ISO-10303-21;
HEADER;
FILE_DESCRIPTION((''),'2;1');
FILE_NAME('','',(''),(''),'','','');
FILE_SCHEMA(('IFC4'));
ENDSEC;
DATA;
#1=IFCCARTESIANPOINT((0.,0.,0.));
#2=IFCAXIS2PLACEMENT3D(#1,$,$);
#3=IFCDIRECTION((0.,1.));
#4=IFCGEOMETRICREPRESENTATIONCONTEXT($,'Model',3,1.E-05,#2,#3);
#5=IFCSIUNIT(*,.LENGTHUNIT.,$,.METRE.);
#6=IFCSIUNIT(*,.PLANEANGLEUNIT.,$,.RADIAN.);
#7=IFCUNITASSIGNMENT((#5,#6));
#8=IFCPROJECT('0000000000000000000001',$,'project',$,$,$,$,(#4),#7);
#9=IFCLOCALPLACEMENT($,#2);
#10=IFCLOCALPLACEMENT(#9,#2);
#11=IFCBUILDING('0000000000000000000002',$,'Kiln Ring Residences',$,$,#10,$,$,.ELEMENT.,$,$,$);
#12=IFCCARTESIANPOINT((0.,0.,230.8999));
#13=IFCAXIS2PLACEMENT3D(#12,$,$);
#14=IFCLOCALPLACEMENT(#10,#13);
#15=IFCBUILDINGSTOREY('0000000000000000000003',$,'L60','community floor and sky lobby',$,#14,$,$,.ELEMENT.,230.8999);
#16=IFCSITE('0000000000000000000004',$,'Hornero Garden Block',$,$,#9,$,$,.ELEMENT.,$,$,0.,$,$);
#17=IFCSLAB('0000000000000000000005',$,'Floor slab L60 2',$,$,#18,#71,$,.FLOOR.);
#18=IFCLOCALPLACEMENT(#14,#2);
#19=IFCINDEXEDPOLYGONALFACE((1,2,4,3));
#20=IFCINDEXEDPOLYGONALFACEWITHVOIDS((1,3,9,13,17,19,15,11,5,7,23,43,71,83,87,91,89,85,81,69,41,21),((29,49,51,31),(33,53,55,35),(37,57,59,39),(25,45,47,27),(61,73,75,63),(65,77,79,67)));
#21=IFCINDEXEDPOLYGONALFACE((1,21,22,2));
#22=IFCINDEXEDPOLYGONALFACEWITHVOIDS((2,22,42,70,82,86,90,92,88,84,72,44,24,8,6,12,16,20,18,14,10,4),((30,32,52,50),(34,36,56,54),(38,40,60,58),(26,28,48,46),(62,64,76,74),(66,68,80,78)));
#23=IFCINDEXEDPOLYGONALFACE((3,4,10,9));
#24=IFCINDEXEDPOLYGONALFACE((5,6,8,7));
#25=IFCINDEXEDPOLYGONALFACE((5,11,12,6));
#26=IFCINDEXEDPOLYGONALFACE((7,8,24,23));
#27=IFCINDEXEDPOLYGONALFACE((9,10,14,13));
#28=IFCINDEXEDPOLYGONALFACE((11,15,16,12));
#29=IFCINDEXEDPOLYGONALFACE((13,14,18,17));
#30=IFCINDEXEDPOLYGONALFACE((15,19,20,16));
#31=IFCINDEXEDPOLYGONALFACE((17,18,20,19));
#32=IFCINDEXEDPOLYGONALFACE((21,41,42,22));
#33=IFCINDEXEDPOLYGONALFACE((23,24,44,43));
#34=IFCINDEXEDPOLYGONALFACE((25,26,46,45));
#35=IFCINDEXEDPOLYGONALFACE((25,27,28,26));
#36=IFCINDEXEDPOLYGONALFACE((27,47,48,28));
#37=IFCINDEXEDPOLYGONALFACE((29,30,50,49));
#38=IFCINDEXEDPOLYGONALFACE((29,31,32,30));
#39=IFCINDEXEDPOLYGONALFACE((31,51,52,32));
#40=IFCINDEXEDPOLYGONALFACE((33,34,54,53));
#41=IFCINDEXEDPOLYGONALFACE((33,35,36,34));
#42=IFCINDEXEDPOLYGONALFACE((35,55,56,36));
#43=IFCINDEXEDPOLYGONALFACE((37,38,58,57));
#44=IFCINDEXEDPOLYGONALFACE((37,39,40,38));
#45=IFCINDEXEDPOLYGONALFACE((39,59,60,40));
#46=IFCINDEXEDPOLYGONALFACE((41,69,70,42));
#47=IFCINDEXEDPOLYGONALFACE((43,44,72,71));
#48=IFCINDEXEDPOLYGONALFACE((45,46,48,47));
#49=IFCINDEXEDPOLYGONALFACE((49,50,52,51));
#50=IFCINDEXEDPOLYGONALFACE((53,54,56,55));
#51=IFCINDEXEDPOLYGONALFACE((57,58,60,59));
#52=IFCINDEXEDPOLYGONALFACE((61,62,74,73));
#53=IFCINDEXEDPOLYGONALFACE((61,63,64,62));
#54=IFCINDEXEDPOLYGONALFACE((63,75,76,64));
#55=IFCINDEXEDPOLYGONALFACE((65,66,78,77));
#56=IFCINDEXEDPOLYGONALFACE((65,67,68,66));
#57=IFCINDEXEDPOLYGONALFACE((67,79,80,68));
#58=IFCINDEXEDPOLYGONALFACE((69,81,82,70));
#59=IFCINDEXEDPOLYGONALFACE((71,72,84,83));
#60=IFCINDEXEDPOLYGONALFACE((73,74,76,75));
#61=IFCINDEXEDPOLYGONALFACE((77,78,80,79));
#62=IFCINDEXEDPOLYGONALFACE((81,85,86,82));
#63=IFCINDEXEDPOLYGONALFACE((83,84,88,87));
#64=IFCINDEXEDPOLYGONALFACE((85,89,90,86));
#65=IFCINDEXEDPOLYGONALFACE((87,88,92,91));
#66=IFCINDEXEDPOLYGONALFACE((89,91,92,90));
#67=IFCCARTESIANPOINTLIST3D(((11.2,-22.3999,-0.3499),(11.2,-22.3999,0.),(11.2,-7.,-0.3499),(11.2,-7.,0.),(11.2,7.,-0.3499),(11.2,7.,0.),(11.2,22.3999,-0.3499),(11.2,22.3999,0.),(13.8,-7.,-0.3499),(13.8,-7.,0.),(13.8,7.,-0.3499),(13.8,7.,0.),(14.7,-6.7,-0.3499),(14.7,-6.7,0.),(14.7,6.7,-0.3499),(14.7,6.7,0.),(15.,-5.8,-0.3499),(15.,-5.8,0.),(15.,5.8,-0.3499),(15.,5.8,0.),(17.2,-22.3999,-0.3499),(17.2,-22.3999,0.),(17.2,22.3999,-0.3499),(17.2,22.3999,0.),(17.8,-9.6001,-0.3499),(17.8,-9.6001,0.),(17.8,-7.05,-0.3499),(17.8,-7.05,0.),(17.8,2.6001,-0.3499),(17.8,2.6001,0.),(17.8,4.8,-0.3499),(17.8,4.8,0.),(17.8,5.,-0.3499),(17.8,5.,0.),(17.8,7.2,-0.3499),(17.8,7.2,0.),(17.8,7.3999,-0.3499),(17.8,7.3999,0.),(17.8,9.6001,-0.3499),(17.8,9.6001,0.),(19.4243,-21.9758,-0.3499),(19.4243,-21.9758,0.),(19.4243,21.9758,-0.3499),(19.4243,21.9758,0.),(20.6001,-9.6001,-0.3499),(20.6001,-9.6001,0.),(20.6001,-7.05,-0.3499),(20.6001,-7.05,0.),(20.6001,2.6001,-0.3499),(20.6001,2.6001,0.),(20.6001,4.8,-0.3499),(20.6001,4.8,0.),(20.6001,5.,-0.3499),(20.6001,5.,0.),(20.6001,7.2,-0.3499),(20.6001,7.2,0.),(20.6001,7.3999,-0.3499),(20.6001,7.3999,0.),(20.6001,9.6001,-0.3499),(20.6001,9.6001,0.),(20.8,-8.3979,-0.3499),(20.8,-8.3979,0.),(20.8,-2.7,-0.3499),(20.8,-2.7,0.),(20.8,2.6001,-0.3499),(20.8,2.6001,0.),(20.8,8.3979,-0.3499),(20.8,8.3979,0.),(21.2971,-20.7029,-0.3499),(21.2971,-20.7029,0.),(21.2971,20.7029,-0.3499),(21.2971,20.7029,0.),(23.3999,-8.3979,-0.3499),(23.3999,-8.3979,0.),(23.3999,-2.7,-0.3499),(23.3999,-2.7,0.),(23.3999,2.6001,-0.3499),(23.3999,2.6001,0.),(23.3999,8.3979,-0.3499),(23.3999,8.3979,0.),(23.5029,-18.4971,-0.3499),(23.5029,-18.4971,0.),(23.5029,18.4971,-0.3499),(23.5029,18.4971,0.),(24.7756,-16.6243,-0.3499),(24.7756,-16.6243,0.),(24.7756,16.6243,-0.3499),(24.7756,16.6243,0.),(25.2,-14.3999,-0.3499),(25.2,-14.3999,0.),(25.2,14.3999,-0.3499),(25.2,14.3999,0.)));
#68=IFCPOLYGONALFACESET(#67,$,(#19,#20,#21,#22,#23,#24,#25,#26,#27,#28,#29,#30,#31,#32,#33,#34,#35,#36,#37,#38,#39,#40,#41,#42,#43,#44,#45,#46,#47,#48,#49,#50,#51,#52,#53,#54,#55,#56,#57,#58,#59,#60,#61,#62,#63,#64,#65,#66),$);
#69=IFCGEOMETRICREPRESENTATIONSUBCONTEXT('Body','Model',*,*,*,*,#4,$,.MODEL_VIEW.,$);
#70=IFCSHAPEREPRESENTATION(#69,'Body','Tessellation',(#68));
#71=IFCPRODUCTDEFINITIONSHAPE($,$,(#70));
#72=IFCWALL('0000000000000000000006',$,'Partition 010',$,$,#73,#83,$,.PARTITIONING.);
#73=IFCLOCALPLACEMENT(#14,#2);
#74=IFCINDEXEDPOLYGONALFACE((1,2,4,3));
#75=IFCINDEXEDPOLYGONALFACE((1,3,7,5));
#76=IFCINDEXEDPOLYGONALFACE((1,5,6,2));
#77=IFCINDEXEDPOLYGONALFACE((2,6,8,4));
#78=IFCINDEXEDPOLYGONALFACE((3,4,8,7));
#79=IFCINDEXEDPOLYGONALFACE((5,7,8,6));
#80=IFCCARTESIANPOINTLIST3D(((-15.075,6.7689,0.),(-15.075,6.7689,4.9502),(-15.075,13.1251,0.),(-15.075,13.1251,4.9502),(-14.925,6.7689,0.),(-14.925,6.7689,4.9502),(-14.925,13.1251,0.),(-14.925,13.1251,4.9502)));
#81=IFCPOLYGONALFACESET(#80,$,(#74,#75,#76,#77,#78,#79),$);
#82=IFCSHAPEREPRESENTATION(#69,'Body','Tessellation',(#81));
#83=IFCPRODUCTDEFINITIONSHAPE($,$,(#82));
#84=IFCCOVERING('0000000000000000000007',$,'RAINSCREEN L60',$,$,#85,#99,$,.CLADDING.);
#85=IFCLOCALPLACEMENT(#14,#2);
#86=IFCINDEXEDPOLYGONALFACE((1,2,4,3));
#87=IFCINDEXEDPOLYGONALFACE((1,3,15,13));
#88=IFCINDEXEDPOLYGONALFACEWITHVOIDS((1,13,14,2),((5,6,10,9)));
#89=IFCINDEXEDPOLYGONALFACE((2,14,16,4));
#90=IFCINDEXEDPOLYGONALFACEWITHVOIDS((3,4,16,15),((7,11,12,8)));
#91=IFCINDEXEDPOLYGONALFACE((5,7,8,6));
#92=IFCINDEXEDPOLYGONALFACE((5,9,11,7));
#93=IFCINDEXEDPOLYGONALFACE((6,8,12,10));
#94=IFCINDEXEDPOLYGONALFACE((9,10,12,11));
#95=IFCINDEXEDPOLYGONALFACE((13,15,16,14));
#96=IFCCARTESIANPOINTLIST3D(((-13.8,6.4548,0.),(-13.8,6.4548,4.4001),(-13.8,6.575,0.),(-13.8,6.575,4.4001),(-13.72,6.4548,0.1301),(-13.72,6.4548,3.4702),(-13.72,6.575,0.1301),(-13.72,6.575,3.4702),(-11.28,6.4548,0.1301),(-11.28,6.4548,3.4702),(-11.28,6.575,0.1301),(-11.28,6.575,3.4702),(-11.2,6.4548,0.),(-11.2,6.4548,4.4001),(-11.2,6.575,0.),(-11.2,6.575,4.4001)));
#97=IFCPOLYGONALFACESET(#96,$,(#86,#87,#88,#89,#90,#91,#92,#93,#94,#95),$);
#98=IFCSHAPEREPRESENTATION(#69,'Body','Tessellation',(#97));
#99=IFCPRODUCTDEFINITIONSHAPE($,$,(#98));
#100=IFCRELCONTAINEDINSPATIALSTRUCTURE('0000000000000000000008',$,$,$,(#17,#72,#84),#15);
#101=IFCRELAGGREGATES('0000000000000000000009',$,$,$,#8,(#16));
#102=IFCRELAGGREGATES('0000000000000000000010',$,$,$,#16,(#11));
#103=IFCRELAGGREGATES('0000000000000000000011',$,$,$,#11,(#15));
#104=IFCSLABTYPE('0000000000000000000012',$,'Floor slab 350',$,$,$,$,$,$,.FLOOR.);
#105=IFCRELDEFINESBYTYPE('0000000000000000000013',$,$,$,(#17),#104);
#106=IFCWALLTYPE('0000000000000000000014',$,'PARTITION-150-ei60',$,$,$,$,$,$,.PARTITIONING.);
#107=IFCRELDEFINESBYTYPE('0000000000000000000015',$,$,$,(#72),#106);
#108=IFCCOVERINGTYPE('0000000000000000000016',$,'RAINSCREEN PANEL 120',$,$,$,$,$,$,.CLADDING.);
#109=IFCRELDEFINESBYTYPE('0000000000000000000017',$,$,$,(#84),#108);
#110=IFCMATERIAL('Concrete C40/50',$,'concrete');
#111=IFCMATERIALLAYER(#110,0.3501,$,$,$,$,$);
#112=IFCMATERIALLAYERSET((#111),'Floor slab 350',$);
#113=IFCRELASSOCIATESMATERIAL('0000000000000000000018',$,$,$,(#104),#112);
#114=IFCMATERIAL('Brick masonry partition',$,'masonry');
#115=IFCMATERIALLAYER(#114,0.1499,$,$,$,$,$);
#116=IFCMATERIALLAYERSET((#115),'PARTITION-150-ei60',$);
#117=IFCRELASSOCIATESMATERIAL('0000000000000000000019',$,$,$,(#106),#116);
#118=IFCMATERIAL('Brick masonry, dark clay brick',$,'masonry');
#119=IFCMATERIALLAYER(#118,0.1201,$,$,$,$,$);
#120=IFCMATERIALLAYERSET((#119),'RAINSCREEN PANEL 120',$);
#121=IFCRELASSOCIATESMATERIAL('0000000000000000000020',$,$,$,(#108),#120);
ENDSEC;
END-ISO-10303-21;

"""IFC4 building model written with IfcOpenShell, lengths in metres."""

from ifc_helpers import new_model, si_unit, direction, frame, frame_2d, origin, place, context, subcontext, project, spatial, polyline, rectangle, outline, extrude, material, layer, layer_set, type_object, element, save


model = new_model("IFC4")

# Units and contexts
model_context = context("Model", 3, precision=1e-05, world=origin(), true_north=direction((0.0, 1.0)))
body_context = subcontext(model_context, "Body", "Model", "MODEL_VIEW")
ifc_project = project(units=[si_unit("LENGTHUNIT", "METRE"), si_unit("PLANEANGLEUNIT", "RADIAN")], contexts=[model_context])

# Site, building, storey
site_placement = place(None, origin())
site = spatial("IfcSite", under=ifc_project, at=site_placement, Name="Hornero Garden Block", CompositionType="ELEMENT", RefElevation=0.0)
building_placement = place(site_placement, origin())
building = spatial("IfcBuilding", under=site, at=building_placement, Name="Kiln Ring Residences", CompositionType="ELEMENT")
storey_placement = place(building_placement, frame((0.0, 0.0, 230.8999)))
storey = spatial("IfcBuildingStorey", under=building, at=storey_placement, Name="L60", Description="community floor and sky lobby", CompositionType="ELEMENT", Elevation=230.8999)

# Slab
ifc_material_1 = material(Name="Concrete C40/50", Category="concrete")
ifc_layer_1 = layer(ifc_material_1, 0.3501)
ifc_layer_set_1 = layer_set([ifc_layer_1], Name="Floor slab 350")
slab_type = type_object("IfcSlabType", Name="Floor slab 350", PredefinedType="FLOOR", material=ifc_layer_set_1)
placement_1 = place(storey_placement, frame((0.0, 0.0, -0.3499)))
element("IfcSlab", 1, at=placement_1, inside=storey, type_object=slab_type, Name="Floor slab L60 2", PredefinedType="FLOOR", context=body_context, shape_type="SweptSolid", body=[
    extrude(outline(polyline([(13.8, -7.0), (11.2, -7.0), (11.2, -22.3999), (17.2, -22.3999), (19.4243, -21.9758), (21.2971, -20.7029), (23.5029, -18.4971), (24.7756, -16.6243), (25.2, -14.3999), (25.2, 14.3999), (24.7756, 16.6243), (23.5029, 18.4971), (21.2971, 20.7029), (19.4243, 21.9758), (17.2, 22.3999), (11.2, 22.3999), (11.2, 7.0), (13.8, 7.0), (14.7, 6.7), (15.0, 5.8), (15.0, -5.8), (14.7, -6.7), (13.8, -7.0)]), holes=[polyline([(20.8, -8.3979), (20.8, -2.7), (23.3999, -2.7), (23.3999, -8.3979), (20.8, -8.3979)]), polyline([(23.3999, 2.6001), (20.8, 2.6001), (20.8, 8.3979), (23.3999, 8.3979), (23.3999, 2.6001)]), polyline([(17.8, 2.6001), (17.8, 4.8), (20.6001, 4.8), (20.6001, 2.6001), (17.8, 2.6001)]), polyline([(17.8, 5.0), (17.8, 7.2), (20.6001, 7.2), (20.6001, 5.0), (17.8, 5.0)]), polyline([(17.8, 7.3999), (17.8, 9.6001), (20.6001, 9.6001), (20.6001, 7.3999), (17.8, 7.3999)]), polyline([(20.6001, -9.6001), (17.8, -9.6001), (17.8, -7.05), (20.6001, -7.05), (20.6001, -9.6001)])]), origin(), (0.0, 0.0, 1.0), 0.3499),
])

# Wall
ifc_material_2 = material(Name="Brick masonry partition", Category="masonry")
ifc_layer_2 = layer(ifc_material_2, 0.1499)
ifc_layer_set_2 = layer_set([ifc_layer_2], Name="PARTITION-150-ei60")
wall_type = type_object("IfcWallType", Name="PARTITION-150-ei60", PredefinedType="PARTITIONING", material=ifc_layer_set_2)
wall_placement = place(storey_placement, frame((-15.0, 6.7688, 0.0), z_axis=(0.0, 0.0, 1.0), x_axis=(0.0, 1.0, 0.0)))
element("IfcWall", 2, at=wall_placement, inside=storey, type_object=wall_type, Name="Partition 010", PredefinedType="PARTITIONING", context=body_context, shape_type="SweptSolid", body=[
    extrude(rectangle(XDim=6.3562, YDim=0.1499, at=frame_2d((3.1782, 0.0))), origin(), (0.0, 0.0, 1.0), 4.9502),
])

# Covering
ifc_material_3 = material(Name="Brick masonry, dark clay brick", Category="masonry")
ifc_layer_3 = layer(ifc_material_3, 0.1201)
ifc_layer_set_3 = layer_set([ifc_layer_3], Name="RAINSCREEN PANEL 120")
covering_type = type_object("IfcCoveringType", Name="RAINSCREEN PANEL 120", PredefinedType="CLADDING", material=ifc_layer_set_3)
covering_placement = place(storey_placement, frame((-13.8, 6.5149, 0.0), z_axis=(0.0, 0.0, 1.0), x_axis=(1.0, 0.0, 0.0)))
element("IfcCovering", 3, at=covering_placement, inside=storey, type_object=covering_type, Name="RAINSCREEN L60", PredefinedType="CLADDING", context=body_context, shape_type="SweptSolid", body=[
    extrude(outline(polyline([(0.0, 0.0), (2.6001, 0.0), (2.6001, 4.4001), (0.0, 4.4001), (0.0, 0.0)]), holes=[polyline([(0.0801, 3.4702), (0.0801, 0.1301), (2.52, 0.1301), (2.52, 3.4702), (0.0801, 3.4702)])]), frame((0.0, 0.0601, 0.0), z_axis=(0.0, -1.0, 0.0), x_axis=(1.0, 0.0, 0.0)), (0.0, 0.0, 1.0), 0.1201),
])

save(model, "model.ifc")
